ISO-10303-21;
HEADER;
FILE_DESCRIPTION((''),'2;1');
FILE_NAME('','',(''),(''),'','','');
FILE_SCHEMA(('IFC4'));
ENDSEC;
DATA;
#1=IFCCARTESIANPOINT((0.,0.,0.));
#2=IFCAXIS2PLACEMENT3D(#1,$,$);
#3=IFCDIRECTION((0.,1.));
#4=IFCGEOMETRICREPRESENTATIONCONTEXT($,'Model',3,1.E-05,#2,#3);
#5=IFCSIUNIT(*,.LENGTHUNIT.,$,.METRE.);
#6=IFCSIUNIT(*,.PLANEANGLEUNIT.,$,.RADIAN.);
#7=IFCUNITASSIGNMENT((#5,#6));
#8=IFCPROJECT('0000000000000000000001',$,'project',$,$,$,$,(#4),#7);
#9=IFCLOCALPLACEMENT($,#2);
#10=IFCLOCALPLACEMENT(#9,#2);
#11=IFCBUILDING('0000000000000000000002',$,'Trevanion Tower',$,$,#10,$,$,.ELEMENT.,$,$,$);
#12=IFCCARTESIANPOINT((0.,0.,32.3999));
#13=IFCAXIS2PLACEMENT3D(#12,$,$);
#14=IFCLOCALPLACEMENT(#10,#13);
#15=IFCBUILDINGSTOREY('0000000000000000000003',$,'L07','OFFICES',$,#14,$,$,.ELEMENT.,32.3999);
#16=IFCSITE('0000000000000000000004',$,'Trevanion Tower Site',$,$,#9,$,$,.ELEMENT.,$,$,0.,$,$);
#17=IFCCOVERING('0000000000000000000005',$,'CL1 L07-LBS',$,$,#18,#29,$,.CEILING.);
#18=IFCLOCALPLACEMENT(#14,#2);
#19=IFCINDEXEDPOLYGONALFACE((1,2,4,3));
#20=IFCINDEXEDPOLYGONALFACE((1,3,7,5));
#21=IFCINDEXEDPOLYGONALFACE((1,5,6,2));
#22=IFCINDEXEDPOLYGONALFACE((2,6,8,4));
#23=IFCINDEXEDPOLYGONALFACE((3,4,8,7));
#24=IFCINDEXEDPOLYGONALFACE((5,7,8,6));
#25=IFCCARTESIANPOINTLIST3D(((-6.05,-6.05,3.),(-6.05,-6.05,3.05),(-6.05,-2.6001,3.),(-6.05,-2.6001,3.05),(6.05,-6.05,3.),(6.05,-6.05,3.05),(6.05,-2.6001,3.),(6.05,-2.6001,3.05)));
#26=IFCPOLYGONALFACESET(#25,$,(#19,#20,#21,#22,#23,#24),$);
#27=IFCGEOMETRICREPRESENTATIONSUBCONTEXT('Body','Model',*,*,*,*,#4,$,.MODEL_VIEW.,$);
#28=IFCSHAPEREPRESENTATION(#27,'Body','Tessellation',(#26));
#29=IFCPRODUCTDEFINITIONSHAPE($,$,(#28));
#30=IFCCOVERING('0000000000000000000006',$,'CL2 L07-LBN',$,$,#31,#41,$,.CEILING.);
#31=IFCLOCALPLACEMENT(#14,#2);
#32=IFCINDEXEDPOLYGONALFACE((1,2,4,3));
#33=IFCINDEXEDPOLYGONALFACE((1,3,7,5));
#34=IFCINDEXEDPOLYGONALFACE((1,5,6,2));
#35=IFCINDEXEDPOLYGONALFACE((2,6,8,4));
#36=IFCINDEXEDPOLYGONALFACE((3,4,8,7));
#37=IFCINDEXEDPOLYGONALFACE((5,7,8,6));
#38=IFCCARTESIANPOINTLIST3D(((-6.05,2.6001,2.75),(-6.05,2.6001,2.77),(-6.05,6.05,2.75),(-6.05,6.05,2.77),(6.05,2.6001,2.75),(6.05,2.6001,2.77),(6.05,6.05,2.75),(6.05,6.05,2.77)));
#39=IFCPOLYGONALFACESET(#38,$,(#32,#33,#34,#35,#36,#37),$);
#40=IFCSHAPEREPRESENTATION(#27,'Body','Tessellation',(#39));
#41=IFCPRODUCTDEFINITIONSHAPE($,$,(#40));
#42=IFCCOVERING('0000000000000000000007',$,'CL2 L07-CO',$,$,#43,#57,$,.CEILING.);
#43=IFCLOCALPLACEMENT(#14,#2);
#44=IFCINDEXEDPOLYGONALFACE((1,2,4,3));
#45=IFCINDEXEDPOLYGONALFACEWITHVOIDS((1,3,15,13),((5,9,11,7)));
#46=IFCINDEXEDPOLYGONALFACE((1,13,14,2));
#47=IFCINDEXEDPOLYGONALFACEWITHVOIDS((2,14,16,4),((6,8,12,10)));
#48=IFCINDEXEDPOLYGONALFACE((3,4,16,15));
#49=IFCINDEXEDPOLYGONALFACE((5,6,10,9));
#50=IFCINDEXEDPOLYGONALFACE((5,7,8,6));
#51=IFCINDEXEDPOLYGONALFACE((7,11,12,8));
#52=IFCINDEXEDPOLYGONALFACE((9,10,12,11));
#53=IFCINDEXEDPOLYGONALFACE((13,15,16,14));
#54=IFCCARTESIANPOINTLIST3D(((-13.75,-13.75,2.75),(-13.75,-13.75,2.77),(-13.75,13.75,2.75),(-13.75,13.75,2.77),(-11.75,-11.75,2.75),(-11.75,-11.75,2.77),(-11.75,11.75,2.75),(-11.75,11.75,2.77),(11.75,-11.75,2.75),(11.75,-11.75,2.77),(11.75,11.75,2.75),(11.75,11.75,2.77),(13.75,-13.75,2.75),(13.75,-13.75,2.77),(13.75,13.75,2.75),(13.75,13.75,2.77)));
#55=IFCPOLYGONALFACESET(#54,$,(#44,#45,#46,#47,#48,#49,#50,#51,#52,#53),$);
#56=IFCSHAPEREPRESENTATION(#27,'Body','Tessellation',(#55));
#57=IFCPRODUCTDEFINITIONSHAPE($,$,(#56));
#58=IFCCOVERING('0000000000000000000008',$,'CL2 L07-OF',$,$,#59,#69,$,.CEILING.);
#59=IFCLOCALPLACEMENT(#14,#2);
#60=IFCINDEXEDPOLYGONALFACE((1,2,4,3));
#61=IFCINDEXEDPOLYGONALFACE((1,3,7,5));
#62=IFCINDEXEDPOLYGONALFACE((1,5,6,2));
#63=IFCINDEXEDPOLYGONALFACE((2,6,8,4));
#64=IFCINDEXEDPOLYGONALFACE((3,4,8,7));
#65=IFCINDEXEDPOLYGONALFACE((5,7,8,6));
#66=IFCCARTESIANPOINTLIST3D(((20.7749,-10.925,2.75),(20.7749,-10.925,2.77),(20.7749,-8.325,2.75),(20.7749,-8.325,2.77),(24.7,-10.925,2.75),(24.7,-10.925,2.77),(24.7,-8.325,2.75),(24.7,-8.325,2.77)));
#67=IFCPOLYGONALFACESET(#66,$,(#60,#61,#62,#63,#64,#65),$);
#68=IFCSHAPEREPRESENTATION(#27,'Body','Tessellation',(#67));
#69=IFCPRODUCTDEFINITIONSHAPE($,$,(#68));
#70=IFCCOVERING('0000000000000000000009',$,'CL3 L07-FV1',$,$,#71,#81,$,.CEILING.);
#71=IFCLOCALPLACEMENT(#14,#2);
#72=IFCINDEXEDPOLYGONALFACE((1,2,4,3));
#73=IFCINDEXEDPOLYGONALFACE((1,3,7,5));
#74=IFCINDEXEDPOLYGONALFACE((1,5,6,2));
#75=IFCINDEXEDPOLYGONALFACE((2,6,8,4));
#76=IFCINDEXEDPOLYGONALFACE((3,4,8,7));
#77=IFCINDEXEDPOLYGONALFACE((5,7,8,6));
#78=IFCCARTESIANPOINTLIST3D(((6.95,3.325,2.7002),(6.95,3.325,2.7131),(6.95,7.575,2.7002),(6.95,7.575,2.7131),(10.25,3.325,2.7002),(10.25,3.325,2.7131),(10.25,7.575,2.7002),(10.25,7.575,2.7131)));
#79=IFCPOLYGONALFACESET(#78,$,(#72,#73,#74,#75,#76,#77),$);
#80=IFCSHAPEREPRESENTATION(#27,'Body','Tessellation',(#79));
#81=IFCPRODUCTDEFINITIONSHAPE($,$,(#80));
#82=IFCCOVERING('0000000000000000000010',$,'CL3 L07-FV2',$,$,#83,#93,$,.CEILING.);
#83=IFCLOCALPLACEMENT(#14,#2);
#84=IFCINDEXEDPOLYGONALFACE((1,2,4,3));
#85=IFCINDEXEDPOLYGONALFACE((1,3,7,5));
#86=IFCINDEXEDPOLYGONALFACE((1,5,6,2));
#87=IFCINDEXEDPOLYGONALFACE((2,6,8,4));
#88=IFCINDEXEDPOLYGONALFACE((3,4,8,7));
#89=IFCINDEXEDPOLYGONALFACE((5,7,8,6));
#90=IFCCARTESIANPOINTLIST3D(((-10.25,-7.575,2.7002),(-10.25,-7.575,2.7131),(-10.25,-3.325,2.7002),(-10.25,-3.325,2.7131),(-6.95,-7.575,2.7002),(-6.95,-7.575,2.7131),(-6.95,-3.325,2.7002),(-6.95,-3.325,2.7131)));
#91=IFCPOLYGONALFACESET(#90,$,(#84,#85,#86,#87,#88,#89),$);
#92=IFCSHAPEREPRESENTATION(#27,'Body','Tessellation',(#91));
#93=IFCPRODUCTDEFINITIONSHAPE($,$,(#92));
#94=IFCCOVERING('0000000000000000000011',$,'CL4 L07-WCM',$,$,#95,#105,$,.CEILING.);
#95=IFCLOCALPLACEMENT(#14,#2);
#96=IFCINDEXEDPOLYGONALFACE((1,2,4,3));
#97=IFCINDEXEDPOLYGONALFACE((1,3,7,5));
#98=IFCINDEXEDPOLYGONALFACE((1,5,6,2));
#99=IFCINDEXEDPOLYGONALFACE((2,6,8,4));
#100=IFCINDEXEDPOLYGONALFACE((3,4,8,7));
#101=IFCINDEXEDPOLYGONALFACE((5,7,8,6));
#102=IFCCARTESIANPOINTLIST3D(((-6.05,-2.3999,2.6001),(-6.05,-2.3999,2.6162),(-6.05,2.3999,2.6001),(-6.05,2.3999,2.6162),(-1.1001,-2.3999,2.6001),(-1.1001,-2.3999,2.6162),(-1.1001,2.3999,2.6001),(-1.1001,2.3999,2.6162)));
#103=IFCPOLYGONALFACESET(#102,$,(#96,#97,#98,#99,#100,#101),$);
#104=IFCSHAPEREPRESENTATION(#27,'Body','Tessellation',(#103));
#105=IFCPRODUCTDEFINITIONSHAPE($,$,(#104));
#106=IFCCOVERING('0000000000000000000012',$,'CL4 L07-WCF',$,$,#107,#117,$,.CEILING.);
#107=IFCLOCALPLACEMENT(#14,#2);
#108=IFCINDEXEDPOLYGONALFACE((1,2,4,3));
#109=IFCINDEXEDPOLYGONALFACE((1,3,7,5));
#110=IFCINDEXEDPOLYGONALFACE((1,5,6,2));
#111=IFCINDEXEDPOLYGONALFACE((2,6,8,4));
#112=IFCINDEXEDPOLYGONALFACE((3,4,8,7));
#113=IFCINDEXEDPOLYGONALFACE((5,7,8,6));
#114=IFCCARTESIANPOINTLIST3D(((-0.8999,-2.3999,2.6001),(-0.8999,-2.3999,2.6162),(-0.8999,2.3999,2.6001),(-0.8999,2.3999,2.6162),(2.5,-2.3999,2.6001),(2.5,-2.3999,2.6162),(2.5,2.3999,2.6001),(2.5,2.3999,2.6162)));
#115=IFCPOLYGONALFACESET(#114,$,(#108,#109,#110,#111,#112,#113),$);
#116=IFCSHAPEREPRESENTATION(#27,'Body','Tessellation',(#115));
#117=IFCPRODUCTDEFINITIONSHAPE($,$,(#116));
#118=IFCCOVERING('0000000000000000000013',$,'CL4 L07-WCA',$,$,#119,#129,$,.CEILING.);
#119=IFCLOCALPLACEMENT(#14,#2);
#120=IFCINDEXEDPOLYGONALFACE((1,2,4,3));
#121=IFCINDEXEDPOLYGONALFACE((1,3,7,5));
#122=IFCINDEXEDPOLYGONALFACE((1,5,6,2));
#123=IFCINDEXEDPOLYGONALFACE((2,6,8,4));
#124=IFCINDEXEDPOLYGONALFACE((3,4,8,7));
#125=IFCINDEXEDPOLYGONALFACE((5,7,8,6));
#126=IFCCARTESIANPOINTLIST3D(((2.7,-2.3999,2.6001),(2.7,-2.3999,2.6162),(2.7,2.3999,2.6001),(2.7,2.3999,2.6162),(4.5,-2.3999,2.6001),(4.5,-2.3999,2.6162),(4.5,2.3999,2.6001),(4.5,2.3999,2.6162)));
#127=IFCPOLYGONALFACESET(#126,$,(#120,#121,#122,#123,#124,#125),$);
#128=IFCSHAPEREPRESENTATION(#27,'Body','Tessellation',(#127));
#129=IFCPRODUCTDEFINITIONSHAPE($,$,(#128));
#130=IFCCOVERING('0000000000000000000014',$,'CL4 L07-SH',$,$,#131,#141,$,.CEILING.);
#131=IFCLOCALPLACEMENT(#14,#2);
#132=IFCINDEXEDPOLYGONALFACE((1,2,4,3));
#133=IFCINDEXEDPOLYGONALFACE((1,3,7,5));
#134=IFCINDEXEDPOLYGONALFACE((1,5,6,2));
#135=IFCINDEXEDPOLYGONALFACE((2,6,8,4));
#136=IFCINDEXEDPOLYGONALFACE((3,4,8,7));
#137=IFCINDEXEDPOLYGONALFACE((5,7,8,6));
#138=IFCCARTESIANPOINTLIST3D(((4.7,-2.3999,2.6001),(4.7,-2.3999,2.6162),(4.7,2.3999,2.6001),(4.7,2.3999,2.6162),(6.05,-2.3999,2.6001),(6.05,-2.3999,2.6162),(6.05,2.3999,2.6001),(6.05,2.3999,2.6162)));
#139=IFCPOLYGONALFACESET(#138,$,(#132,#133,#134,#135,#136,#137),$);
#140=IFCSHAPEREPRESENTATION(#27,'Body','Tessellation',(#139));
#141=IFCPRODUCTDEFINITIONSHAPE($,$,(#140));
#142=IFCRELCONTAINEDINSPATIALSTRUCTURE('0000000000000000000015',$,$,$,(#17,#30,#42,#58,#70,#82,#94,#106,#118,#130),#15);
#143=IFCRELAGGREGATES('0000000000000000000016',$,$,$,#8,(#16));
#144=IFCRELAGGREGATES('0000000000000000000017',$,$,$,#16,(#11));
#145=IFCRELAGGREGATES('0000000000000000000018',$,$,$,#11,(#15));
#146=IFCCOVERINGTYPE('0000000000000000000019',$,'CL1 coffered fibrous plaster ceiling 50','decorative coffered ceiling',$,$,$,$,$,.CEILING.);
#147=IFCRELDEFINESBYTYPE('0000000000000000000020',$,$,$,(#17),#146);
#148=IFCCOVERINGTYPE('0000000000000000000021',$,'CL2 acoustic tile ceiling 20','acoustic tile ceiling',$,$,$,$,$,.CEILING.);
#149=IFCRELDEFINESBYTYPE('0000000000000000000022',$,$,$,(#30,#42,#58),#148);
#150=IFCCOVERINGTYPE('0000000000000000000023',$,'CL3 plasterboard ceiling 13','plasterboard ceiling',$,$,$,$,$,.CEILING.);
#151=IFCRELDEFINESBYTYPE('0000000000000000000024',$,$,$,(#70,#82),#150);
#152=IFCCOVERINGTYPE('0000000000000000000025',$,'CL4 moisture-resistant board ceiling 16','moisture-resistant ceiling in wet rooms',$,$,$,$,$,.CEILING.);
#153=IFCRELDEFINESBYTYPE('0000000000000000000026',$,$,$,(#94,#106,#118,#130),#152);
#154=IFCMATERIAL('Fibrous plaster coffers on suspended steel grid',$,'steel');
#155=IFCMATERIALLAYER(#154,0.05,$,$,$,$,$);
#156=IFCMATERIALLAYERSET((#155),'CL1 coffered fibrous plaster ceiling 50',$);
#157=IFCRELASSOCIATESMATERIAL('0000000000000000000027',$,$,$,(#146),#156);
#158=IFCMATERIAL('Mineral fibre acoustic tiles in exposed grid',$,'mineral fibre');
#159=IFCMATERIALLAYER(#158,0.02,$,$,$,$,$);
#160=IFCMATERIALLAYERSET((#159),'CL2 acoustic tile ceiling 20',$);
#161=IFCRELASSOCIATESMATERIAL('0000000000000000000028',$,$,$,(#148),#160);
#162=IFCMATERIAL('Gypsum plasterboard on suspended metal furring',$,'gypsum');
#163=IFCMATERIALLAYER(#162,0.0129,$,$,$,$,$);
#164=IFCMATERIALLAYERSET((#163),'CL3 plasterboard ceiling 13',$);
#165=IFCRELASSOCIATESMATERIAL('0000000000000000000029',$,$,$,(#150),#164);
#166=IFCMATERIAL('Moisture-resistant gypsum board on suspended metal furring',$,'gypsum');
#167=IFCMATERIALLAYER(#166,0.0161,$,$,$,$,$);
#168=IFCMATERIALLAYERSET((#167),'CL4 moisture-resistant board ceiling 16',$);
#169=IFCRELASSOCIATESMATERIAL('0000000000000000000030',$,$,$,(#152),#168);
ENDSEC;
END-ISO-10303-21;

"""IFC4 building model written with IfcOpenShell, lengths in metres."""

from ifc_helpers import new_model, si_unit, direction, frame, origin, place, context, subcontext, project, spatial, polyline, outline, extrude, material, layer, layer_set, type_object, element, save


model = new_model("IFC4")

# Units and contexts
model_context = context("Model", 3, precision=1e-05, world=origin(), true_north=direction((0.0, 1.0)))
body_context = subcontext(model_context, "Body", "Model", "MODEL_VIEW")
ifc_project = project(units=[si_unit("LENGTHUNIT", "METRE"), si_unit("PLANEANGLEUNIT", "RADIAN")], contexts=[model_context])

# Site, building, storey
site_placement = place(None, origin())
site = spatial("IfcSite", under=ifc_project, at=site_placement, Name="Trevanion Tower Site", CompositionType="ELEMENT", RefElevation=0.0)
building_placement = place(site_placement, origin())
building = spatial("IfcBuilding", under=site, at=building_placement, Name="Trevanion Tower", CompositionType="ELEMENT")
storey_placement = place(building_placement, frame((0.0, 0.0, 32.3999)))
storey = spatial("IfcBuildingStorey", under=building, at=storey_placement, Name="L07", Description="OFFICES", CompositionType="ELEMENT", Elevation=32.3999)

# Coverings
ifc_material_1 = material(Name="Fibrous plaster coffers on suspended steel grid", Category="steel")
ifc_layer_1 = layer(ifc_material_1, 0.05)
ifc_layer_set_1 = layer_set([ifc_layer_1], Name="CL1 coffered fibrous plaster ceiling 50")
covering_type_1 = type_object("IfcCoveringType", Name="CL1 coffered fibrous plaster ceiling 50", Description="decorative coffered ceiling", PredefinedType="CEILING", material=ifc_layer_set_1)
covering_1_placement = place(storey_placement, frame((0.0, 0.0, 3.0)))
element("IfcCovering", 1, at=covering_1_placement, inside=storey, type_object=covering_type_1, Name="CL1 L07-LBS", PredefinedType="CEILING", context=body_context, shape_type="SweptSolid", body=[
    extrude(outline(polyline([(6.05, -6.05), (6.05, -2.6001), (-6.05, -2.6001), (-6.05, -6.05), (6.05, -6.05)])), origin(), (0.0, 0.0, 1.0), 0.05),
])
ifc_material_2 = material(Name="Mineral fibre acoustic tiles in exposed grid", Category="mineral fibre")
ifc_layer_2 = layer(ifc_material_2, 0.02)
ifc_layer_set_2 = layer_set([ifc_layer_2], Name="CL2 acoustic tile ceiling 20")
covering_type_2 = type_object("IfcCoveringType", Name="CL2 acoustic tile ceiling 20", Description="acoustic tile ceiling", PredefinedType="CEILING", material=ifc_layer_set_2)
covering_2_placement = place(storey_placement, frame((0.0, 0.0, 2.75)))
element("IfcCovering", 2, at=covering_2_placement, inside=storey, type_object=covering_type_2, Name="CL2 L07-LBN", PredefinedType="CEILING", context=body_context, shape_type="SweptSolid", body=[
    extrude(outline(polyline([(6.05, 2.6001), (6.05, 6.05), (-6.05, 6.05), (-6.05, 2.6001), (6.05, 2.6001)])), origin(), (0.0, 0.0, 1.0), 0.02),
])
covering_3_placement = place(storey_placement, frame((0.0, 0.0, 2.75)))
element("IfcCovering", 3, at=covering_3_placement, inside=storey, type_object=covering_type_2, Name="CL2 L07-CO", PredefinedType="CEILING", context=body_context, shape_type="SweptSolid", body=[
    extrude(outline(polyline([(-13.75, 13.75), (13.75, 13.75), (13.75, -13.75), (-13.75, -13.75), (-13.75, 13.75)]), holes=[polyline([(-11.75, 11.75), (-11.75, -11.75), (11.75, -11.75), (11.75, 11.75), (-11.75, 11.75)])]), origin(), (0.0, 0.0, 1.0), 0.02),
])
covering_4_placement = place(storey_placement, frame((0.0, 0.0, 2.75)))
element("IfcCovering", 4, at=covering_4_placement, inside=storey, type_object=covering_type_2, Name="CL2 L07-OF", PredefinedType="CEILING", context=body_context, shape_type="SweptSolid", body=[
    extrude(outline(polyline([(20.7749, -10.925), (20.7749, -8.325), (24.7, -8.325), (24.7, -10.925), (20.7749, -10.925)])), origin(), (0.0, 0.0, 1.0), 0.02),
])
ifc_material_3 = material(Name="Gypsum plasterboard on suspended metal furring", Category="gypsum")
ifc_layer_3 = layer(ifc_material_3, 0.0129)
ifc_layer_set_3 = layer_set([ifc_layer_3], Name="CL3 plasterboard ceiling 13")
covering_type_3 = type_object("IfcCoveringType", Name="CL3 plasterboard ceiling 13", Description="plasterboard ceiling", PredefinedType="CEILING", material=ifc_layer_set_3)
covering_5_placement = place(storey_placement, frame((0.0, 0.0, 2.7002)))
element("IfcCovering", 5, at=covering_5_placement, inside=storey, type_object=covering_type_3, Name="CL3 L07-FV1", PredefinedType="CEILING", context=body_context, shape_type="SweptSolid", body=[
    extrude(outline(polyline([(10.25, 3.325), (10.25, 7.575), (6.95, 7.575), (6.95, 3.325), (10.25, 3.325)])), origin(), (0.0, 0.0, 1.0), 0.0129),
])
covering_6_placement = place(storey_placement, frame((0.0, 0.0, 2.7002)))
element("IfcCovering", 6, at=covering_6_placement, inside=storey, type_object=covering_type_3, Name="CL3 L07-FV2", PredefinedType="CEILING", context=body_context, shape_type="SweptSolid", body=[
    extrude(outline(polyline([(-10.25, -3.325), (-10.25, -7.575), (-6.95, -7.575), (-6.95, -3.325), (-10.25, -3.325)])), origin(), (0.0, 0.0, 1.0), 0.0129),
])
ifc_material_4 = material(Name="Moisture-resistant gypsum board on suspended metal furring", Category="gypsum")
ifc_layer_4 = layer(ifc_material_4, 0.0161)
ifc_layer_set_4 = layer_set([ifc_layer_4], Name="CL4 moisture-resistant board ceiling 16")
covering_type_4 = type_object("IfcCoveringType", Name="CL4 moisture-resistant board ceiling 16", Description="moisture-resistant ceiling in wet rooms", PredefinedType="CEILING", material=ifc_layer_set_4)
covering_7_placement = place(storey_placement, frame((0.0, 0.0, 2.6001)))
element("IfcCovering", 7, at=covering_7_placement, inside=storey, type_object=covering_type_4, Name="CL4 L07-WCM", PredefinedType="CEILING", context=body_context, shape_type="SweptSolid", body=[
    extrude(outline(polyline([(-1.1001, -2.3999), (-1.1001, 2.3999), (-6.05, 2.3999), (-6.05, -2.3999), (-1.1001, -2.3999)])), origin(), (0.0, 0.0, 1.0), 0.0161),
])
covering_8_placement = place(storey_placement, frame((0.0, 0.0, 2.6001)))
element("IfcCovering", 8, at=covering_8_placement, inside=storey, type_object=covering_type_4, Name="CL4 L07-WCF", PredefinedType="CEILING", context=body_context, shape_type="SweptSolid", body=[
    extrude(outline(polyline([(2.5, -2.3999), (2.5, 2.3999), (-0.8999, 2.3999), (-0.8999, -2.3999), (2.5, -2.3999)])), origin(), (0.0, 0.0, 1.0), 0.0161),
])
covering_9_placement = place(storey_placement, frame((0.0, 0.0, 2.6001)))
element("IfcCovering", 9, at=covering_9_placement, inside=storey, type_object=covering_type_4, Name="CL4 L07-WCA", PredefinedType="CEILING", context=body_context, shape_type="SweptSolid", body=[
    extrude(outline(polyline([(4.5, -2.3999), (4.5, 2.3999), (2.7, 2.3999), (2.7, -2.3999), (4.5, -2.3999)])), origin(), (0.0, 0.0, 1.0), 0.0161),
])
covering_10_placement = place(storey_placement, frame((0.0, 0.0, 2.6001)))
element("IfcCovering", 10, at=covering_10_placement, inside=storey, type_object=covering_type_4, Name="CL4 L07-SH", PredefinedType="CEILING", context=body_context, shape_type="SweptSolid", body=[
    extrude(outline(polyline([(6.05, -2.3999), (6.05, 2.3999), (4.7, 2.3999), (4.7, -2.3999), (6.05, -2.3999)])), origin(), (0.0, 0.0, 1.0), 0.0161),
])

save(model, "model.ifc")
